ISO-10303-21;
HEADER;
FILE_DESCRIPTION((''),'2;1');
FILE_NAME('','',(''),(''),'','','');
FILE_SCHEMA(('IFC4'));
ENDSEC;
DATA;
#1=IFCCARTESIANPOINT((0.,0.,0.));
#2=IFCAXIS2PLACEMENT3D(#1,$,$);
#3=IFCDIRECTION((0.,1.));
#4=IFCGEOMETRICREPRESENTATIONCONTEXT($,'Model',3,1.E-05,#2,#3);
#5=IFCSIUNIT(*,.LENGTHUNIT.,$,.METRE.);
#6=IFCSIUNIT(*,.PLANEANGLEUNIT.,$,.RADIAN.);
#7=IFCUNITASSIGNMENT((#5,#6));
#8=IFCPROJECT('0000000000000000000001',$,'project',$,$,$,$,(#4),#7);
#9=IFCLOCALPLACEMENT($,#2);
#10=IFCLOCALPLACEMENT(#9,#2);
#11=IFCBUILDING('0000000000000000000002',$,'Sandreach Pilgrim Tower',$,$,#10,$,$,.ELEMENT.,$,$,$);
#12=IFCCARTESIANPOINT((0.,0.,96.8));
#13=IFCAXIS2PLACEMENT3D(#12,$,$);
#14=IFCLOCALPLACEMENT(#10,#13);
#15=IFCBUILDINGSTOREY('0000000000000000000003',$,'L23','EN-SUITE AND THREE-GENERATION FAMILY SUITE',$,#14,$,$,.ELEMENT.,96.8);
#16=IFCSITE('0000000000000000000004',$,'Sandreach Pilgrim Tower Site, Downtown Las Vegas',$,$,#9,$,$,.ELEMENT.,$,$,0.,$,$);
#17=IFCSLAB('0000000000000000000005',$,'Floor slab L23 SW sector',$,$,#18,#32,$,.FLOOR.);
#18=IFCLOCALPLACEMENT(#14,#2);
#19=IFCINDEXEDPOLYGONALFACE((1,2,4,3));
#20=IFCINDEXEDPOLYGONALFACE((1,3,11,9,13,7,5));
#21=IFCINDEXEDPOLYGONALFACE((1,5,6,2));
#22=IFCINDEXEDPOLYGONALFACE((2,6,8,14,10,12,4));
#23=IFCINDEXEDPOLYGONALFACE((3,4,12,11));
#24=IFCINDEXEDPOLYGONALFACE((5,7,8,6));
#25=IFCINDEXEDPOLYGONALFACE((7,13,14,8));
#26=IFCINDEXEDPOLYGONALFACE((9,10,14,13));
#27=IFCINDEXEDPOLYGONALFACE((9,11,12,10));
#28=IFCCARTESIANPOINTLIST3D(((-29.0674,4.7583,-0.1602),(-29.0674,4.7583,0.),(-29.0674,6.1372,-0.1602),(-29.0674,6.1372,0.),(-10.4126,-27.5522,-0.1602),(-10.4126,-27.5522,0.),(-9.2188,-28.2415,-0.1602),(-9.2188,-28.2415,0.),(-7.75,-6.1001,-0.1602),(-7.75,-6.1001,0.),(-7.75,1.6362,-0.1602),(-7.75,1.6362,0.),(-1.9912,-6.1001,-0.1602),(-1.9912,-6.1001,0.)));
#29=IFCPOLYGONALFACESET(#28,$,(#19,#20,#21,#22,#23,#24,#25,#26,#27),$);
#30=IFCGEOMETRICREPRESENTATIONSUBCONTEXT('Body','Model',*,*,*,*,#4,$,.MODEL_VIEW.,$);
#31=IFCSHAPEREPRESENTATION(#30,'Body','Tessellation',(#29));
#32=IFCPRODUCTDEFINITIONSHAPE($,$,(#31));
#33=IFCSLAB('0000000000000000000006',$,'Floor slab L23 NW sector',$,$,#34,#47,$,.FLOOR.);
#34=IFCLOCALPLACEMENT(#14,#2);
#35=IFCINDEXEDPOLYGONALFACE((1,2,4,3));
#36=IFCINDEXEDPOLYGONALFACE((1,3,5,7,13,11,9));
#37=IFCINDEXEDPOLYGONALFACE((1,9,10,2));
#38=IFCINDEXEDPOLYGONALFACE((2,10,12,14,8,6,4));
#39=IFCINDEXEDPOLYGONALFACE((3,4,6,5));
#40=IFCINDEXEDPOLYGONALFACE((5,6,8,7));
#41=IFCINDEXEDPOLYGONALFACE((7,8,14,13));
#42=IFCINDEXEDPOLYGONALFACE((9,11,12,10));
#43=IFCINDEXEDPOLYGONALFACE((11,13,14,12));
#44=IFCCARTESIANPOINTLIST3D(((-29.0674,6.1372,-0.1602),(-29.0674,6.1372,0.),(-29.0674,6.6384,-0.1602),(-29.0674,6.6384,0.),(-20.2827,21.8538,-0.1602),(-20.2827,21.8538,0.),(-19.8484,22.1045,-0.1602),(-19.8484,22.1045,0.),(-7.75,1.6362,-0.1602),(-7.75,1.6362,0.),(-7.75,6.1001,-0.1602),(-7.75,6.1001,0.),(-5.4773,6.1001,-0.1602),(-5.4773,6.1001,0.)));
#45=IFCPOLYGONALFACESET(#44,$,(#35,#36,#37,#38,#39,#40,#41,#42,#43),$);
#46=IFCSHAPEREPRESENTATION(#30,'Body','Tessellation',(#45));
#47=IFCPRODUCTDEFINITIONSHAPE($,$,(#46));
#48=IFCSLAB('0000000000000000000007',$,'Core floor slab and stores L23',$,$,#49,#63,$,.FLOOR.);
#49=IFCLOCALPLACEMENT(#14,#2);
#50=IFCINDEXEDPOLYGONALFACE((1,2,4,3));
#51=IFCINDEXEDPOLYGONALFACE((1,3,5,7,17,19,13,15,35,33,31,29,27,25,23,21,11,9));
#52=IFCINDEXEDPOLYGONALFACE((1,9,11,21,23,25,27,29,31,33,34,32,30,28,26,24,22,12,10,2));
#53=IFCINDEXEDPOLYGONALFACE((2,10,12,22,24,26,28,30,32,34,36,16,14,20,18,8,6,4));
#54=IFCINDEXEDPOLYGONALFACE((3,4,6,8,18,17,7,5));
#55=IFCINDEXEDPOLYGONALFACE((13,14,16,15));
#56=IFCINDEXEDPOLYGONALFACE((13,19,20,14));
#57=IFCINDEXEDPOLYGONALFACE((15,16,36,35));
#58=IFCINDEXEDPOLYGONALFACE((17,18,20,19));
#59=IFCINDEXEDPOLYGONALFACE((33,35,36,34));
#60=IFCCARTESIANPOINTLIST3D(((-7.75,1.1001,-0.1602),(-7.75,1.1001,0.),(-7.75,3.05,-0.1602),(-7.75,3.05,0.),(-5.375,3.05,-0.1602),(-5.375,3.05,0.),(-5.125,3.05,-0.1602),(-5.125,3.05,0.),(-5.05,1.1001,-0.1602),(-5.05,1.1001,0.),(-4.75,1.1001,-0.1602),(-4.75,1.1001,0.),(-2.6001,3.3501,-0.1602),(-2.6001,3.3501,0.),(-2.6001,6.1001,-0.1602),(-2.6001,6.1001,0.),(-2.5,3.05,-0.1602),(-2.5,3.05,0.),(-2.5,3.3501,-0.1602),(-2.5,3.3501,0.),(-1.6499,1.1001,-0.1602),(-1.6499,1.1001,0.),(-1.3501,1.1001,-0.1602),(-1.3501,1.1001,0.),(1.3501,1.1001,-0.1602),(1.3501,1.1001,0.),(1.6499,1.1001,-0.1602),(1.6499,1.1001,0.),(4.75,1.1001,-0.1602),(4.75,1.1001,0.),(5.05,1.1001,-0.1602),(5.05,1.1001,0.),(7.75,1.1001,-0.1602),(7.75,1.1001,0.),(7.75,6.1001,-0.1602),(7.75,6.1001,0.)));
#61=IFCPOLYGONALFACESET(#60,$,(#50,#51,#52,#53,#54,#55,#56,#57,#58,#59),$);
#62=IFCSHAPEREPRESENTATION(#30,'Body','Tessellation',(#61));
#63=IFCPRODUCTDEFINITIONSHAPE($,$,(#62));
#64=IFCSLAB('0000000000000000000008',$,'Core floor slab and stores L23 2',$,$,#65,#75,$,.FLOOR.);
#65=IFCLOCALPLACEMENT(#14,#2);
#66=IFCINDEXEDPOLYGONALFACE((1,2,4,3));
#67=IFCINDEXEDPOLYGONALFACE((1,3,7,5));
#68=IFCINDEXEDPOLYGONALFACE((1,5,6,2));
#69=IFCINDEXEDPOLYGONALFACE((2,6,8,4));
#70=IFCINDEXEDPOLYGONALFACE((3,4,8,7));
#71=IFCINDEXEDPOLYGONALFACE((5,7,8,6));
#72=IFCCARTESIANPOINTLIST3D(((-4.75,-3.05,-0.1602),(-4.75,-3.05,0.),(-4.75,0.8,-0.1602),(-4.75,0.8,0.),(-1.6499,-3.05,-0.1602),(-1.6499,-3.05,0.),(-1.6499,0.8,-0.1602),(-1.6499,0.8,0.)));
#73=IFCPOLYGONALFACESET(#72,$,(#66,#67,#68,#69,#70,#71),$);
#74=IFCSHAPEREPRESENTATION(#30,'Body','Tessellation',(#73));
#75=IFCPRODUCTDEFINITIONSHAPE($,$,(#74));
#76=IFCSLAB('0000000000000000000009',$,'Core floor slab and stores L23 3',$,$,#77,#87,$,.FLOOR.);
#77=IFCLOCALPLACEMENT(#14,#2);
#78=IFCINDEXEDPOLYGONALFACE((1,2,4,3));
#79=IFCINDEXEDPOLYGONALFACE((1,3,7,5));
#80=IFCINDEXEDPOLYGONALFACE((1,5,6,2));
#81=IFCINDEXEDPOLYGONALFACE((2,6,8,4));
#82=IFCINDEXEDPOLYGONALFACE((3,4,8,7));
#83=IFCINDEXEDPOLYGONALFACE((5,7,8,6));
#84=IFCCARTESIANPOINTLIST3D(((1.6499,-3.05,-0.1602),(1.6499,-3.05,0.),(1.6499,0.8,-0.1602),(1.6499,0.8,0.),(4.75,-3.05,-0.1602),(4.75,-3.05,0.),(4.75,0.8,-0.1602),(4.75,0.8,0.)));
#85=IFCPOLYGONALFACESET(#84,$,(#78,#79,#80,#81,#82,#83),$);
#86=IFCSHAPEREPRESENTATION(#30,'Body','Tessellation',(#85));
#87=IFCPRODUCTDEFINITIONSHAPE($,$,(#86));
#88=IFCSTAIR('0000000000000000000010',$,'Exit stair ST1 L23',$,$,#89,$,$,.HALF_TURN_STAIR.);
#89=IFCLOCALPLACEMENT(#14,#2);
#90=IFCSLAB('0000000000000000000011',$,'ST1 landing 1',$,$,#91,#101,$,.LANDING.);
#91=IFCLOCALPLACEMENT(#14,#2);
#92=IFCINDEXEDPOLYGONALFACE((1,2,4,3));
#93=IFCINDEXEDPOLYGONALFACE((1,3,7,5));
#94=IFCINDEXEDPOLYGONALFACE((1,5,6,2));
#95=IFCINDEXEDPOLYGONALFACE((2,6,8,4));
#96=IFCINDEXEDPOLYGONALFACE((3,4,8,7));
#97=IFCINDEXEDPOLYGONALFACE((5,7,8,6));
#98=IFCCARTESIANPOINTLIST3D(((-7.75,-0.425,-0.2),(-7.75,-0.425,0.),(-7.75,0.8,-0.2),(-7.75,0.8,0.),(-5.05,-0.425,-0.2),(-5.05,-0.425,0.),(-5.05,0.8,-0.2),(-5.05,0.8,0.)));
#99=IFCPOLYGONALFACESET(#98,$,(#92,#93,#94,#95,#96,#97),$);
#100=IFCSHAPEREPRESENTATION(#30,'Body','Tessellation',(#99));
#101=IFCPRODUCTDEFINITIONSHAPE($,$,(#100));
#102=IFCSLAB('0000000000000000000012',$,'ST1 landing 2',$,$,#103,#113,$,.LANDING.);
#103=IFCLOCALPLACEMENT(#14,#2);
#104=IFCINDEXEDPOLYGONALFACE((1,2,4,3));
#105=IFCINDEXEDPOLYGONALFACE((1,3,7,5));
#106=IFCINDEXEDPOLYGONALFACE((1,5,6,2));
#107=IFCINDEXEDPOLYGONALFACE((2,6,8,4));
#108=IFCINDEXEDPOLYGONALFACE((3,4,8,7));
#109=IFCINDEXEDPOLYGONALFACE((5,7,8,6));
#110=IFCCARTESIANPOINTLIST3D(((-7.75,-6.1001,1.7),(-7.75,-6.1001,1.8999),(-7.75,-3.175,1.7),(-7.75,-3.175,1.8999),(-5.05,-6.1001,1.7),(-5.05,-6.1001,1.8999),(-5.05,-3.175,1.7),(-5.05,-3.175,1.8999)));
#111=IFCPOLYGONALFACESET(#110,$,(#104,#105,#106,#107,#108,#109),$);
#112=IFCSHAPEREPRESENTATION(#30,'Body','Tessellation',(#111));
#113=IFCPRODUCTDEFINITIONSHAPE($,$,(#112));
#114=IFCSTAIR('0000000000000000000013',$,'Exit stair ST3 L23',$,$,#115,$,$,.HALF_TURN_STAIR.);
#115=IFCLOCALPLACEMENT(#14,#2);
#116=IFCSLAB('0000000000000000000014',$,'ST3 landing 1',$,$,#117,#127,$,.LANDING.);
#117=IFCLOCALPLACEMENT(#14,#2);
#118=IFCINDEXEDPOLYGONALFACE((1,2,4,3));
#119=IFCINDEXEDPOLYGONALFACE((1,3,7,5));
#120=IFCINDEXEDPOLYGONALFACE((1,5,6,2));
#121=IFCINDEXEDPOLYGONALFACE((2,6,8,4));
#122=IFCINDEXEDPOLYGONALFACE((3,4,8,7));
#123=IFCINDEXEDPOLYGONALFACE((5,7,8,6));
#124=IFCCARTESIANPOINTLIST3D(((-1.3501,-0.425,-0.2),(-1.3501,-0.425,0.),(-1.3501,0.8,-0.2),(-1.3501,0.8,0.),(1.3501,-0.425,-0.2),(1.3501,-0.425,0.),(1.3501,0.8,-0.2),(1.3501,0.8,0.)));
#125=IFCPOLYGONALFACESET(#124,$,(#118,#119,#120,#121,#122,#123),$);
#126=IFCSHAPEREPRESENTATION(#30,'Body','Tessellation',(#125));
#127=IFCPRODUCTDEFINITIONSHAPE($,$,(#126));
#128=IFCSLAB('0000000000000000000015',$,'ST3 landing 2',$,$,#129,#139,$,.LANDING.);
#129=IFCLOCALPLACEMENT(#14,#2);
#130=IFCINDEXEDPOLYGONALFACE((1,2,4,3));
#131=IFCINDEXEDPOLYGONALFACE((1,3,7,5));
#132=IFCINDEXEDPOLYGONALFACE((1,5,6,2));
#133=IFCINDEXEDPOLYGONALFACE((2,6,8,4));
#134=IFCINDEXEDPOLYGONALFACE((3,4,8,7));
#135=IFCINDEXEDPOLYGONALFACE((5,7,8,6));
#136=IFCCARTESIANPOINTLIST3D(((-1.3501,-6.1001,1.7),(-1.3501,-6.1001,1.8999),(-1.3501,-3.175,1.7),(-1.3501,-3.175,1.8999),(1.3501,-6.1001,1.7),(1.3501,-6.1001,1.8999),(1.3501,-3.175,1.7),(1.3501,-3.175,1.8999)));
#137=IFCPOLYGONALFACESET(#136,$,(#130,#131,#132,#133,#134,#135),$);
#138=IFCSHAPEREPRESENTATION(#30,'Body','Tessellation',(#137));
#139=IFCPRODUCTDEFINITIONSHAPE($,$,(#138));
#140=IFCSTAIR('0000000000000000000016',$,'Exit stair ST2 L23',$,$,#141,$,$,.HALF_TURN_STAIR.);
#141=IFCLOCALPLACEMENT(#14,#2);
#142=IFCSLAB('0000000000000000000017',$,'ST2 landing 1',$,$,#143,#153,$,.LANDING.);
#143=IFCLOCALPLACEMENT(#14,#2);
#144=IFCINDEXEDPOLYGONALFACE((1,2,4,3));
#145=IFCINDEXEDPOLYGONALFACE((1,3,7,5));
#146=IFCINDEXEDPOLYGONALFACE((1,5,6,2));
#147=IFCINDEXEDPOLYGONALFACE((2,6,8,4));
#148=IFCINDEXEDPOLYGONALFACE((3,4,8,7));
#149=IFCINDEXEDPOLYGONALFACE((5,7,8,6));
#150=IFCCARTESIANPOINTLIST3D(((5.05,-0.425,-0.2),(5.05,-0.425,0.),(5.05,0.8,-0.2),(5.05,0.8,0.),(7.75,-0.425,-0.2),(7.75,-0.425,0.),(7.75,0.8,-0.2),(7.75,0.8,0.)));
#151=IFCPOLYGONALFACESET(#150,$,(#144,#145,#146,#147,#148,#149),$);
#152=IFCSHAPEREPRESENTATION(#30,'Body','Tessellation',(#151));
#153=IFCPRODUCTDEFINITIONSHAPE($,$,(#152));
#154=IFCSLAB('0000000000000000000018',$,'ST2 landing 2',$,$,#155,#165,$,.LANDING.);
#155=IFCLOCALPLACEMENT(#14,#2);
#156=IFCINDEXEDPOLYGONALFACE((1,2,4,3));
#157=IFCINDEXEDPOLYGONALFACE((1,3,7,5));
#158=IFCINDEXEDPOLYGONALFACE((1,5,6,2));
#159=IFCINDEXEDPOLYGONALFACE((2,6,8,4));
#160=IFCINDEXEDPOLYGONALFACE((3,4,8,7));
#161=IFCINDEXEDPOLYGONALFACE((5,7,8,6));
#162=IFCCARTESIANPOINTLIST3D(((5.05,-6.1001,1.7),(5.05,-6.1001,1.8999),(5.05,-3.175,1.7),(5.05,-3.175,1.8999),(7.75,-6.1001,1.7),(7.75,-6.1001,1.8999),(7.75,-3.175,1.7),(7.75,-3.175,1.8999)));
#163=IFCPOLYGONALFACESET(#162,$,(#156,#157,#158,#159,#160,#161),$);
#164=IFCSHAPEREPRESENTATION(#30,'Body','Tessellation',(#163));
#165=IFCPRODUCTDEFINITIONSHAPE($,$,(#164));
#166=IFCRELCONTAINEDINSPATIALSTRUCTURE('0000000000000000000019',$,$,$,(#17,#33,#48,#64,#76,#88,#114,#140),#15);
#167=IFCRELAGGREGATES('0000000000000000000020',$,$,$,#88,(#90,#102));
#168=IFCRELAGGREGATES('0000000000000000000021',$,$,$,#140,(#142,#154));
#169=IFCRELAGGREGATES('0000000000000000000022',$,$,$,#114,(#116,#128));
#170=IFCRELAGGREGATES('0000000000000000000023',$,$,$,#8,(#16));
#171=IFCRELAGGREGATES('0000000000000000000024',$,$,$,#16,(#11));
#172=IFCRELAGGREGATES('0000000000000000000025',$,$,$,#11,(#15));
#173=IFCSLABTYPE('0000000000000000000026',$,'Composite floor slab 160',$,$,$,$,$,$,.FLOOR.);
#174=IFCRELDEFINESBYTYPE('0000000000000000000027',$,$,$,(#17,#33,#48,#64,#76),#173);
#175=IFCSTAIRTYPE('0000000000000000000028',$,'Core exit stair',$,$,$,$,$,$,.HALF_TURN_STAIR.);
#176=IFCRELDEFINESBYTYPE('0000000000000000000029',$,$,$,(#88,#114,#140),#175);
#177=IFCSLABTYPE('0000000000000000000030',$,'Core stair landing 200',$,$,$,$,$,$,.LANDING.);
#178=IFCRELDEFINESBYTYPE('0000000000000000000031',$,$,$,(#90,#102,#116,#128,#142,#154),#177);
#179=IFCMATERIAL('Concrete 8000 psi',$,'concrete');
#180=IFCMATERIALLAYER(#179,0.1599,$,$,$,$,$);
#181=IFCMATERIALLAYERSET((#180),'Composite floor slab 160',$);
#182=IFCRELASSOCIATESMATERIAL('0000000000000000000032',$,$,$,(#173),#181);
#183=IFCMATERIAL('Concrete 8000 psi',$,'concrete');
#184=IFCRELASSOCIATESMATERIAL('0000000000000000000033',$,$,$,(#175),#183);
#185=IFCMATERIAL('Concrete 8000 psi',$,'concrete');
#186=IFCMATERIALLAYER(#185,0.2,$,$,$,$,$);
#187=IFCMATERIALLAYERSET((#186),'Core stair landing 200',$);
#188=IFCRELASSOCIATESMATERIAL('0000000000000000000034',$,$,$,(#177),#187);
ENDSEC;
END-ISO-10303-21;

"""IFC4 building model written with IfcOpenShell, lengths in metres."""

from ifc_helpers import new_model, si_unit, direction, frame, origin, place, context, subcontext, project, spatial, polyline, outline, extrude, material, layer, layer_set, type_object, element, aggregate, save


model = new_model("IFC4")

# Units and contexts
model_context = context("Model", 3, precision=1e-05, world=origin(), true_north=direction((0.0, 1.0)))
body_context = subcontext(model_context, "Body", "Model", "MODEL_VIEW")
ifc_project = project(units=[si_unit("LENGTHUNIT", "METRE"), si_unit("PLANEANGLEUNIT", "RADIAN")], contexts=[model_context])

# Site, building, storey
site_placement = place(None, origin())
site = spatial("IfcSite", under=ifc_project, at=site_placement, Name="Sandreach Pilgrim Tower Site, Downtown Las Vegas", CompositionType="ELEMENT", RefElevation=0.0)
building_placement = place(site_placement, origin())
building = spatial("IfcBuilding", under=site, at=building_placement, Name="Sandreach Pilgrim Tower", CompositionType="ELEMENT")
storey_placement = place(building_placement, frame((0.0, 0.0, 96.8)))
storey = spatial("IfcBuildingStorey", under=building, at=storey_placement, Name="L23", Description="EN-SUITE AND THREE-GENERATION FAMILY SUITE", CompositionType="ELEMENT", Elevation=96.8)

# Slabs
ifc_material_1 = material(Name="Concrete 8000 psi", Category="concrete")
ifc_layer_1 = layer(ifc_material_1, 0.1599)
ifc_layer_set_1 = layer_set([ifc_layer_1], Name="Composite floor slab 160")
slab_type_1 = type_object("IfcSlabType", Name="Composite floor slab 160", PredefinedType="FLOOR", material=ifc_layer_set_1)
slab_1_placement = place(storey_placement, frame((0.0, 0.0, -0.1602)))
element("IfcSlab", 1, at=slab_1_placement, inside=storey, type_object=slab_type_1, Name="Floor slab L23 SW sector", PredefinedType="FLOOR", context=body_context, shape_type="SweptSolid", body=[
    extrude(outline(polyline([(-10.4126, -27.5522), (-29.0674, 4.7583), (-29.0674, 6.1372), (-7.75, 1.6362), (-7.75, -6.1001), (-1.9912, -6.1001), (-9.2188, -28.2415), (-10.4126, -27.5522)])), origin(), (0.0, 0.0, 1.0), 0.1602),
])
slab_2_placement = place(storey_placement, frame((0.0, 0.0, -0.1602)))
element("IfcSlab", 2, at=slab_2_placement, inside=storey, type_object=slab_type_1, Name="Floor slab L23 NW sector", PredefinedType="FLOOR", context=body_context, shape_type="SweptSolid", body=[
    extrude(outline(polyline([(-29.0674, 6.6384), (-20.2827, 21.8538), (-19.8484, 22.1045), (-5.4773, 6.1001), (-7.75, 6.1001), (-7.75, 1.6362), (-29.0674, 6.1372), (-29.0674, 6.6384)])), origin(), (0.0, 0.0, 1.0), 0.1602),
])
slab_3_placement = place(storey_placement, frame((0.0, 0.0, -0.1602)))
element("IfcSlab", 3, at=slab_3_placement, inside=storey, type_object=slab_type_1, Name="Core floor slab and stores L23", PredefinedType="FLOOR", context=body_context, shape_type="SweptSolid", body=[
    extrude(outline(polyline([(-7.75, 3.05), (-5.375, 3.05), (-5.125, 3.05), (-2.5, 3.05), (-2.5, 3.3501), (-2.6001, 3.3501), (-2.6001, 6.1001), (7.75, 6.1001), (7.75, 1.1001), (5.05, 1.1001), (4.75, 1.1001), (1.6499, 1.1001), (1.3501, 1.1001), (-1.3501, 1.1001), (-1.6499, 1.1001), (-4.75, 1.1001), (-5.05, 1.1001), (-7.75, 1.1001), (-7.75, 3.05)])), origin(), (0.0, 0.0, 1.0), 0.1602),
])
slab_4_placement = place(storey_placement, frame((0.0, 0.0, -0.1602)))
element("IfcSlab", 4, at=slab_4_placement, inside=storey, type_object=slab_type_1, Name="Core floor slab and stores L23 2", PredefinedType="FLOOR", context=body_context, shape_type="SweptSolid", body=[
    extrude(outline(polyline([(-1.6499, -3.05), (-4.75, -3.05), (-4.75, 0.8), (-1.6499, 0.8), (-1.6499, -3.05)])), origin(), (0.0, 0.0, 1.0), 0.1602),
])
slab_5_placement = place(storey_placement, frame((0.0, 0.0, -0.1602)))
element("IfcSlab", 5, at=slab_5_placement, inside=storey, type_object=slab_type_1, Name="Core floor slab and stores L23 3", PredefinedType="FLOOR", context=body_context, shape_type="SweptSolid", body=[
    extrude(outline(polyline([(4.75, -3.05), (1.6499, -3.05), (1.6499, 0.8), (4.75, 0.8), (4.75, -3.05)])), origin(), (0.0, 0.0, 1.0), 0.1602),
])

# Stairs, slabs
ifc_material_2 = material(Name="Concrete 8000 psi", Category="concrete")
stair_type = type_object("IfcStairType", Name="Core exit stair", PredefinedType="HALF_TURN_STAIR", material=ifc_material_2)
stair_1_placement = place(storey_placement, origin())
stair_1 = element("IfcStair", 6, at=stair_1_placement, inside=storey, type_object=stair_type, Name="Exit stair ST1 L23", PredefinedType="HALF_TURN_STAIR")
ifc_material_3 = material(Name="Concrete 8000 psi", Category="concrete")
ifc_layer_2 = layer(ifc_material_3, 0.2)
ifc_layer_set_2 = layer_set([ifc_layer_2], Name="Core stair landing 200")
slab_type_2 = type_object("IfcSlabType", Name="Core stair landing 200", PredefinedType="LANDING", material=ifc_layer_set_2)
slab_6_placement = place(storey_placement, frame((0.0, 0.0, -0.2)))
slab_6 = element("IfcSlab", 7, at=slab_6_placement, type_object=slab_type_2, Name="ST1 landing 1", PredefinedType="LANDING", context=body_context, shape_type="SweptSolid", body=[
    extrude(outline(polyline([(-7.75, -0.425), (-5.05, -0.425), (-5.05, 0.8), (-7.75, 0.8), (-7.75, -0.425)])), origin(), (0.0, 0.0, 1.0), 0.2),
])
slab_7_placement = place(storey_placement, frame((0.0, 0.0, 1.7)))
slab_7 = element("IfcSlab", 8, at=slab_7_placement, type_object=slab_type_2, Name="ST1 landing 2", PredefinedType="LANDING", context=body_context, shape_type="SweptSolid", body=[
    extrude(outline(polyline([(-7.75, -6.1001), (-5.05, -6.1001), (-5.05, -3.175), (-7.75, -3.175), (-7.75, -6.1001)])), origin(), (0.0, 0.0, 1.0), 0.2),
])
aggregate(stair_1, [slab_6, slab_7])
stair_2_placement = place(storey_placement, origin())
stair_2 = element("IfcStair", 9, at=stair_2_placement, inside=storey, type_object=stair_type, Name="Exit stair ST3 L23", PredefinedType="HALF_TURN_STAIR")
slab_8_placement = place(storey_placement, frame((0.0, 0.0, -0.2)))
slab_8 = element("IfcSlab", 10, at=slab_8_placement, type_object=slab_type_2, Name="ST3 landing 1", PredefinedType="LANDING", context=body_context, shape_type="SweptSolid", body=[
    extrude(outline(polyline([(-1.3501, -0.425), (1.3501, -0.425), (1.3501, 0.8), (-1.3501, 0.8), (-1.3501, -0.425)])), origin(), (0.0, 0.0, 1.0), 0.2),
])
slab_9_placement = place(storey_placement, frame((0.0, 0.0, 1.7)))
slab_9 = element("IfcSlab", 11, at=slab_9_placement, type_object=slab_type_2, Name="ST3 landing 2", PredefinedType="LANDING", context=body_context, shape_type="SweptSolid", body=[
    extrude(outline(polyline([(-1.3501, -6.1001), (1.3501, -6.1001), (1.3501, -3.175), (-1.3501, -3.175), (-1.3501, -6.1001)])), origin(), (0.0, 0.0, 1.0), 0.2),
])
stair_3_placement = place(storey_placement, origin())
stair_3 = element("IfcStair", 12, at=stair_3_placement, inside=storey, type_object=stair_type, Name="Exit stair ST2 L23", PredefinedType="HALF_TURN_STAIR")
slab_10_placement = place(storey_placement, frame((0.0, 0.0, -0.2)))
slab_10 = element("IfcSlab", 13, at=slab_10_placement, type_object=slab_type_2, Name="ST2 landing 1", PredefinedType="LANDING", context=body_context, shape_type="SweptSolid", body=[
    extrude(outline(polyline([(5.05, -0.425), (7.75, -0.425), (7.75, 0.8), (5.05, 0.8), (5.05, -0.425)])), origin(), (0.0, 0.0, 1.0), 0.2),
])
slab_11_placement = place(storey_placement, frame((0.0, 0.0, 1.7)))
slab_11 = element("IfcSlab", 14, at=slab_11_placement, type_object=slab_type_2, Name="ST2 landing 2", PredefinedType="LANDING", context=body_context, shape_type="SweptSolid", body=[
    extrude(outline(polyline([(5.05, -6.1001), (7.75, -6.1001), (7.75, -3.175), (5.05, -3.175), (5.05, -6.1001)])), origin(), (0.0, 0.0, 1.0), 0.2),
])
aggregate(stair_3, [slab_10, slab_11])

aggregate(stair_2, [slab_8, slab_9])

save(model, "model.ifc")
